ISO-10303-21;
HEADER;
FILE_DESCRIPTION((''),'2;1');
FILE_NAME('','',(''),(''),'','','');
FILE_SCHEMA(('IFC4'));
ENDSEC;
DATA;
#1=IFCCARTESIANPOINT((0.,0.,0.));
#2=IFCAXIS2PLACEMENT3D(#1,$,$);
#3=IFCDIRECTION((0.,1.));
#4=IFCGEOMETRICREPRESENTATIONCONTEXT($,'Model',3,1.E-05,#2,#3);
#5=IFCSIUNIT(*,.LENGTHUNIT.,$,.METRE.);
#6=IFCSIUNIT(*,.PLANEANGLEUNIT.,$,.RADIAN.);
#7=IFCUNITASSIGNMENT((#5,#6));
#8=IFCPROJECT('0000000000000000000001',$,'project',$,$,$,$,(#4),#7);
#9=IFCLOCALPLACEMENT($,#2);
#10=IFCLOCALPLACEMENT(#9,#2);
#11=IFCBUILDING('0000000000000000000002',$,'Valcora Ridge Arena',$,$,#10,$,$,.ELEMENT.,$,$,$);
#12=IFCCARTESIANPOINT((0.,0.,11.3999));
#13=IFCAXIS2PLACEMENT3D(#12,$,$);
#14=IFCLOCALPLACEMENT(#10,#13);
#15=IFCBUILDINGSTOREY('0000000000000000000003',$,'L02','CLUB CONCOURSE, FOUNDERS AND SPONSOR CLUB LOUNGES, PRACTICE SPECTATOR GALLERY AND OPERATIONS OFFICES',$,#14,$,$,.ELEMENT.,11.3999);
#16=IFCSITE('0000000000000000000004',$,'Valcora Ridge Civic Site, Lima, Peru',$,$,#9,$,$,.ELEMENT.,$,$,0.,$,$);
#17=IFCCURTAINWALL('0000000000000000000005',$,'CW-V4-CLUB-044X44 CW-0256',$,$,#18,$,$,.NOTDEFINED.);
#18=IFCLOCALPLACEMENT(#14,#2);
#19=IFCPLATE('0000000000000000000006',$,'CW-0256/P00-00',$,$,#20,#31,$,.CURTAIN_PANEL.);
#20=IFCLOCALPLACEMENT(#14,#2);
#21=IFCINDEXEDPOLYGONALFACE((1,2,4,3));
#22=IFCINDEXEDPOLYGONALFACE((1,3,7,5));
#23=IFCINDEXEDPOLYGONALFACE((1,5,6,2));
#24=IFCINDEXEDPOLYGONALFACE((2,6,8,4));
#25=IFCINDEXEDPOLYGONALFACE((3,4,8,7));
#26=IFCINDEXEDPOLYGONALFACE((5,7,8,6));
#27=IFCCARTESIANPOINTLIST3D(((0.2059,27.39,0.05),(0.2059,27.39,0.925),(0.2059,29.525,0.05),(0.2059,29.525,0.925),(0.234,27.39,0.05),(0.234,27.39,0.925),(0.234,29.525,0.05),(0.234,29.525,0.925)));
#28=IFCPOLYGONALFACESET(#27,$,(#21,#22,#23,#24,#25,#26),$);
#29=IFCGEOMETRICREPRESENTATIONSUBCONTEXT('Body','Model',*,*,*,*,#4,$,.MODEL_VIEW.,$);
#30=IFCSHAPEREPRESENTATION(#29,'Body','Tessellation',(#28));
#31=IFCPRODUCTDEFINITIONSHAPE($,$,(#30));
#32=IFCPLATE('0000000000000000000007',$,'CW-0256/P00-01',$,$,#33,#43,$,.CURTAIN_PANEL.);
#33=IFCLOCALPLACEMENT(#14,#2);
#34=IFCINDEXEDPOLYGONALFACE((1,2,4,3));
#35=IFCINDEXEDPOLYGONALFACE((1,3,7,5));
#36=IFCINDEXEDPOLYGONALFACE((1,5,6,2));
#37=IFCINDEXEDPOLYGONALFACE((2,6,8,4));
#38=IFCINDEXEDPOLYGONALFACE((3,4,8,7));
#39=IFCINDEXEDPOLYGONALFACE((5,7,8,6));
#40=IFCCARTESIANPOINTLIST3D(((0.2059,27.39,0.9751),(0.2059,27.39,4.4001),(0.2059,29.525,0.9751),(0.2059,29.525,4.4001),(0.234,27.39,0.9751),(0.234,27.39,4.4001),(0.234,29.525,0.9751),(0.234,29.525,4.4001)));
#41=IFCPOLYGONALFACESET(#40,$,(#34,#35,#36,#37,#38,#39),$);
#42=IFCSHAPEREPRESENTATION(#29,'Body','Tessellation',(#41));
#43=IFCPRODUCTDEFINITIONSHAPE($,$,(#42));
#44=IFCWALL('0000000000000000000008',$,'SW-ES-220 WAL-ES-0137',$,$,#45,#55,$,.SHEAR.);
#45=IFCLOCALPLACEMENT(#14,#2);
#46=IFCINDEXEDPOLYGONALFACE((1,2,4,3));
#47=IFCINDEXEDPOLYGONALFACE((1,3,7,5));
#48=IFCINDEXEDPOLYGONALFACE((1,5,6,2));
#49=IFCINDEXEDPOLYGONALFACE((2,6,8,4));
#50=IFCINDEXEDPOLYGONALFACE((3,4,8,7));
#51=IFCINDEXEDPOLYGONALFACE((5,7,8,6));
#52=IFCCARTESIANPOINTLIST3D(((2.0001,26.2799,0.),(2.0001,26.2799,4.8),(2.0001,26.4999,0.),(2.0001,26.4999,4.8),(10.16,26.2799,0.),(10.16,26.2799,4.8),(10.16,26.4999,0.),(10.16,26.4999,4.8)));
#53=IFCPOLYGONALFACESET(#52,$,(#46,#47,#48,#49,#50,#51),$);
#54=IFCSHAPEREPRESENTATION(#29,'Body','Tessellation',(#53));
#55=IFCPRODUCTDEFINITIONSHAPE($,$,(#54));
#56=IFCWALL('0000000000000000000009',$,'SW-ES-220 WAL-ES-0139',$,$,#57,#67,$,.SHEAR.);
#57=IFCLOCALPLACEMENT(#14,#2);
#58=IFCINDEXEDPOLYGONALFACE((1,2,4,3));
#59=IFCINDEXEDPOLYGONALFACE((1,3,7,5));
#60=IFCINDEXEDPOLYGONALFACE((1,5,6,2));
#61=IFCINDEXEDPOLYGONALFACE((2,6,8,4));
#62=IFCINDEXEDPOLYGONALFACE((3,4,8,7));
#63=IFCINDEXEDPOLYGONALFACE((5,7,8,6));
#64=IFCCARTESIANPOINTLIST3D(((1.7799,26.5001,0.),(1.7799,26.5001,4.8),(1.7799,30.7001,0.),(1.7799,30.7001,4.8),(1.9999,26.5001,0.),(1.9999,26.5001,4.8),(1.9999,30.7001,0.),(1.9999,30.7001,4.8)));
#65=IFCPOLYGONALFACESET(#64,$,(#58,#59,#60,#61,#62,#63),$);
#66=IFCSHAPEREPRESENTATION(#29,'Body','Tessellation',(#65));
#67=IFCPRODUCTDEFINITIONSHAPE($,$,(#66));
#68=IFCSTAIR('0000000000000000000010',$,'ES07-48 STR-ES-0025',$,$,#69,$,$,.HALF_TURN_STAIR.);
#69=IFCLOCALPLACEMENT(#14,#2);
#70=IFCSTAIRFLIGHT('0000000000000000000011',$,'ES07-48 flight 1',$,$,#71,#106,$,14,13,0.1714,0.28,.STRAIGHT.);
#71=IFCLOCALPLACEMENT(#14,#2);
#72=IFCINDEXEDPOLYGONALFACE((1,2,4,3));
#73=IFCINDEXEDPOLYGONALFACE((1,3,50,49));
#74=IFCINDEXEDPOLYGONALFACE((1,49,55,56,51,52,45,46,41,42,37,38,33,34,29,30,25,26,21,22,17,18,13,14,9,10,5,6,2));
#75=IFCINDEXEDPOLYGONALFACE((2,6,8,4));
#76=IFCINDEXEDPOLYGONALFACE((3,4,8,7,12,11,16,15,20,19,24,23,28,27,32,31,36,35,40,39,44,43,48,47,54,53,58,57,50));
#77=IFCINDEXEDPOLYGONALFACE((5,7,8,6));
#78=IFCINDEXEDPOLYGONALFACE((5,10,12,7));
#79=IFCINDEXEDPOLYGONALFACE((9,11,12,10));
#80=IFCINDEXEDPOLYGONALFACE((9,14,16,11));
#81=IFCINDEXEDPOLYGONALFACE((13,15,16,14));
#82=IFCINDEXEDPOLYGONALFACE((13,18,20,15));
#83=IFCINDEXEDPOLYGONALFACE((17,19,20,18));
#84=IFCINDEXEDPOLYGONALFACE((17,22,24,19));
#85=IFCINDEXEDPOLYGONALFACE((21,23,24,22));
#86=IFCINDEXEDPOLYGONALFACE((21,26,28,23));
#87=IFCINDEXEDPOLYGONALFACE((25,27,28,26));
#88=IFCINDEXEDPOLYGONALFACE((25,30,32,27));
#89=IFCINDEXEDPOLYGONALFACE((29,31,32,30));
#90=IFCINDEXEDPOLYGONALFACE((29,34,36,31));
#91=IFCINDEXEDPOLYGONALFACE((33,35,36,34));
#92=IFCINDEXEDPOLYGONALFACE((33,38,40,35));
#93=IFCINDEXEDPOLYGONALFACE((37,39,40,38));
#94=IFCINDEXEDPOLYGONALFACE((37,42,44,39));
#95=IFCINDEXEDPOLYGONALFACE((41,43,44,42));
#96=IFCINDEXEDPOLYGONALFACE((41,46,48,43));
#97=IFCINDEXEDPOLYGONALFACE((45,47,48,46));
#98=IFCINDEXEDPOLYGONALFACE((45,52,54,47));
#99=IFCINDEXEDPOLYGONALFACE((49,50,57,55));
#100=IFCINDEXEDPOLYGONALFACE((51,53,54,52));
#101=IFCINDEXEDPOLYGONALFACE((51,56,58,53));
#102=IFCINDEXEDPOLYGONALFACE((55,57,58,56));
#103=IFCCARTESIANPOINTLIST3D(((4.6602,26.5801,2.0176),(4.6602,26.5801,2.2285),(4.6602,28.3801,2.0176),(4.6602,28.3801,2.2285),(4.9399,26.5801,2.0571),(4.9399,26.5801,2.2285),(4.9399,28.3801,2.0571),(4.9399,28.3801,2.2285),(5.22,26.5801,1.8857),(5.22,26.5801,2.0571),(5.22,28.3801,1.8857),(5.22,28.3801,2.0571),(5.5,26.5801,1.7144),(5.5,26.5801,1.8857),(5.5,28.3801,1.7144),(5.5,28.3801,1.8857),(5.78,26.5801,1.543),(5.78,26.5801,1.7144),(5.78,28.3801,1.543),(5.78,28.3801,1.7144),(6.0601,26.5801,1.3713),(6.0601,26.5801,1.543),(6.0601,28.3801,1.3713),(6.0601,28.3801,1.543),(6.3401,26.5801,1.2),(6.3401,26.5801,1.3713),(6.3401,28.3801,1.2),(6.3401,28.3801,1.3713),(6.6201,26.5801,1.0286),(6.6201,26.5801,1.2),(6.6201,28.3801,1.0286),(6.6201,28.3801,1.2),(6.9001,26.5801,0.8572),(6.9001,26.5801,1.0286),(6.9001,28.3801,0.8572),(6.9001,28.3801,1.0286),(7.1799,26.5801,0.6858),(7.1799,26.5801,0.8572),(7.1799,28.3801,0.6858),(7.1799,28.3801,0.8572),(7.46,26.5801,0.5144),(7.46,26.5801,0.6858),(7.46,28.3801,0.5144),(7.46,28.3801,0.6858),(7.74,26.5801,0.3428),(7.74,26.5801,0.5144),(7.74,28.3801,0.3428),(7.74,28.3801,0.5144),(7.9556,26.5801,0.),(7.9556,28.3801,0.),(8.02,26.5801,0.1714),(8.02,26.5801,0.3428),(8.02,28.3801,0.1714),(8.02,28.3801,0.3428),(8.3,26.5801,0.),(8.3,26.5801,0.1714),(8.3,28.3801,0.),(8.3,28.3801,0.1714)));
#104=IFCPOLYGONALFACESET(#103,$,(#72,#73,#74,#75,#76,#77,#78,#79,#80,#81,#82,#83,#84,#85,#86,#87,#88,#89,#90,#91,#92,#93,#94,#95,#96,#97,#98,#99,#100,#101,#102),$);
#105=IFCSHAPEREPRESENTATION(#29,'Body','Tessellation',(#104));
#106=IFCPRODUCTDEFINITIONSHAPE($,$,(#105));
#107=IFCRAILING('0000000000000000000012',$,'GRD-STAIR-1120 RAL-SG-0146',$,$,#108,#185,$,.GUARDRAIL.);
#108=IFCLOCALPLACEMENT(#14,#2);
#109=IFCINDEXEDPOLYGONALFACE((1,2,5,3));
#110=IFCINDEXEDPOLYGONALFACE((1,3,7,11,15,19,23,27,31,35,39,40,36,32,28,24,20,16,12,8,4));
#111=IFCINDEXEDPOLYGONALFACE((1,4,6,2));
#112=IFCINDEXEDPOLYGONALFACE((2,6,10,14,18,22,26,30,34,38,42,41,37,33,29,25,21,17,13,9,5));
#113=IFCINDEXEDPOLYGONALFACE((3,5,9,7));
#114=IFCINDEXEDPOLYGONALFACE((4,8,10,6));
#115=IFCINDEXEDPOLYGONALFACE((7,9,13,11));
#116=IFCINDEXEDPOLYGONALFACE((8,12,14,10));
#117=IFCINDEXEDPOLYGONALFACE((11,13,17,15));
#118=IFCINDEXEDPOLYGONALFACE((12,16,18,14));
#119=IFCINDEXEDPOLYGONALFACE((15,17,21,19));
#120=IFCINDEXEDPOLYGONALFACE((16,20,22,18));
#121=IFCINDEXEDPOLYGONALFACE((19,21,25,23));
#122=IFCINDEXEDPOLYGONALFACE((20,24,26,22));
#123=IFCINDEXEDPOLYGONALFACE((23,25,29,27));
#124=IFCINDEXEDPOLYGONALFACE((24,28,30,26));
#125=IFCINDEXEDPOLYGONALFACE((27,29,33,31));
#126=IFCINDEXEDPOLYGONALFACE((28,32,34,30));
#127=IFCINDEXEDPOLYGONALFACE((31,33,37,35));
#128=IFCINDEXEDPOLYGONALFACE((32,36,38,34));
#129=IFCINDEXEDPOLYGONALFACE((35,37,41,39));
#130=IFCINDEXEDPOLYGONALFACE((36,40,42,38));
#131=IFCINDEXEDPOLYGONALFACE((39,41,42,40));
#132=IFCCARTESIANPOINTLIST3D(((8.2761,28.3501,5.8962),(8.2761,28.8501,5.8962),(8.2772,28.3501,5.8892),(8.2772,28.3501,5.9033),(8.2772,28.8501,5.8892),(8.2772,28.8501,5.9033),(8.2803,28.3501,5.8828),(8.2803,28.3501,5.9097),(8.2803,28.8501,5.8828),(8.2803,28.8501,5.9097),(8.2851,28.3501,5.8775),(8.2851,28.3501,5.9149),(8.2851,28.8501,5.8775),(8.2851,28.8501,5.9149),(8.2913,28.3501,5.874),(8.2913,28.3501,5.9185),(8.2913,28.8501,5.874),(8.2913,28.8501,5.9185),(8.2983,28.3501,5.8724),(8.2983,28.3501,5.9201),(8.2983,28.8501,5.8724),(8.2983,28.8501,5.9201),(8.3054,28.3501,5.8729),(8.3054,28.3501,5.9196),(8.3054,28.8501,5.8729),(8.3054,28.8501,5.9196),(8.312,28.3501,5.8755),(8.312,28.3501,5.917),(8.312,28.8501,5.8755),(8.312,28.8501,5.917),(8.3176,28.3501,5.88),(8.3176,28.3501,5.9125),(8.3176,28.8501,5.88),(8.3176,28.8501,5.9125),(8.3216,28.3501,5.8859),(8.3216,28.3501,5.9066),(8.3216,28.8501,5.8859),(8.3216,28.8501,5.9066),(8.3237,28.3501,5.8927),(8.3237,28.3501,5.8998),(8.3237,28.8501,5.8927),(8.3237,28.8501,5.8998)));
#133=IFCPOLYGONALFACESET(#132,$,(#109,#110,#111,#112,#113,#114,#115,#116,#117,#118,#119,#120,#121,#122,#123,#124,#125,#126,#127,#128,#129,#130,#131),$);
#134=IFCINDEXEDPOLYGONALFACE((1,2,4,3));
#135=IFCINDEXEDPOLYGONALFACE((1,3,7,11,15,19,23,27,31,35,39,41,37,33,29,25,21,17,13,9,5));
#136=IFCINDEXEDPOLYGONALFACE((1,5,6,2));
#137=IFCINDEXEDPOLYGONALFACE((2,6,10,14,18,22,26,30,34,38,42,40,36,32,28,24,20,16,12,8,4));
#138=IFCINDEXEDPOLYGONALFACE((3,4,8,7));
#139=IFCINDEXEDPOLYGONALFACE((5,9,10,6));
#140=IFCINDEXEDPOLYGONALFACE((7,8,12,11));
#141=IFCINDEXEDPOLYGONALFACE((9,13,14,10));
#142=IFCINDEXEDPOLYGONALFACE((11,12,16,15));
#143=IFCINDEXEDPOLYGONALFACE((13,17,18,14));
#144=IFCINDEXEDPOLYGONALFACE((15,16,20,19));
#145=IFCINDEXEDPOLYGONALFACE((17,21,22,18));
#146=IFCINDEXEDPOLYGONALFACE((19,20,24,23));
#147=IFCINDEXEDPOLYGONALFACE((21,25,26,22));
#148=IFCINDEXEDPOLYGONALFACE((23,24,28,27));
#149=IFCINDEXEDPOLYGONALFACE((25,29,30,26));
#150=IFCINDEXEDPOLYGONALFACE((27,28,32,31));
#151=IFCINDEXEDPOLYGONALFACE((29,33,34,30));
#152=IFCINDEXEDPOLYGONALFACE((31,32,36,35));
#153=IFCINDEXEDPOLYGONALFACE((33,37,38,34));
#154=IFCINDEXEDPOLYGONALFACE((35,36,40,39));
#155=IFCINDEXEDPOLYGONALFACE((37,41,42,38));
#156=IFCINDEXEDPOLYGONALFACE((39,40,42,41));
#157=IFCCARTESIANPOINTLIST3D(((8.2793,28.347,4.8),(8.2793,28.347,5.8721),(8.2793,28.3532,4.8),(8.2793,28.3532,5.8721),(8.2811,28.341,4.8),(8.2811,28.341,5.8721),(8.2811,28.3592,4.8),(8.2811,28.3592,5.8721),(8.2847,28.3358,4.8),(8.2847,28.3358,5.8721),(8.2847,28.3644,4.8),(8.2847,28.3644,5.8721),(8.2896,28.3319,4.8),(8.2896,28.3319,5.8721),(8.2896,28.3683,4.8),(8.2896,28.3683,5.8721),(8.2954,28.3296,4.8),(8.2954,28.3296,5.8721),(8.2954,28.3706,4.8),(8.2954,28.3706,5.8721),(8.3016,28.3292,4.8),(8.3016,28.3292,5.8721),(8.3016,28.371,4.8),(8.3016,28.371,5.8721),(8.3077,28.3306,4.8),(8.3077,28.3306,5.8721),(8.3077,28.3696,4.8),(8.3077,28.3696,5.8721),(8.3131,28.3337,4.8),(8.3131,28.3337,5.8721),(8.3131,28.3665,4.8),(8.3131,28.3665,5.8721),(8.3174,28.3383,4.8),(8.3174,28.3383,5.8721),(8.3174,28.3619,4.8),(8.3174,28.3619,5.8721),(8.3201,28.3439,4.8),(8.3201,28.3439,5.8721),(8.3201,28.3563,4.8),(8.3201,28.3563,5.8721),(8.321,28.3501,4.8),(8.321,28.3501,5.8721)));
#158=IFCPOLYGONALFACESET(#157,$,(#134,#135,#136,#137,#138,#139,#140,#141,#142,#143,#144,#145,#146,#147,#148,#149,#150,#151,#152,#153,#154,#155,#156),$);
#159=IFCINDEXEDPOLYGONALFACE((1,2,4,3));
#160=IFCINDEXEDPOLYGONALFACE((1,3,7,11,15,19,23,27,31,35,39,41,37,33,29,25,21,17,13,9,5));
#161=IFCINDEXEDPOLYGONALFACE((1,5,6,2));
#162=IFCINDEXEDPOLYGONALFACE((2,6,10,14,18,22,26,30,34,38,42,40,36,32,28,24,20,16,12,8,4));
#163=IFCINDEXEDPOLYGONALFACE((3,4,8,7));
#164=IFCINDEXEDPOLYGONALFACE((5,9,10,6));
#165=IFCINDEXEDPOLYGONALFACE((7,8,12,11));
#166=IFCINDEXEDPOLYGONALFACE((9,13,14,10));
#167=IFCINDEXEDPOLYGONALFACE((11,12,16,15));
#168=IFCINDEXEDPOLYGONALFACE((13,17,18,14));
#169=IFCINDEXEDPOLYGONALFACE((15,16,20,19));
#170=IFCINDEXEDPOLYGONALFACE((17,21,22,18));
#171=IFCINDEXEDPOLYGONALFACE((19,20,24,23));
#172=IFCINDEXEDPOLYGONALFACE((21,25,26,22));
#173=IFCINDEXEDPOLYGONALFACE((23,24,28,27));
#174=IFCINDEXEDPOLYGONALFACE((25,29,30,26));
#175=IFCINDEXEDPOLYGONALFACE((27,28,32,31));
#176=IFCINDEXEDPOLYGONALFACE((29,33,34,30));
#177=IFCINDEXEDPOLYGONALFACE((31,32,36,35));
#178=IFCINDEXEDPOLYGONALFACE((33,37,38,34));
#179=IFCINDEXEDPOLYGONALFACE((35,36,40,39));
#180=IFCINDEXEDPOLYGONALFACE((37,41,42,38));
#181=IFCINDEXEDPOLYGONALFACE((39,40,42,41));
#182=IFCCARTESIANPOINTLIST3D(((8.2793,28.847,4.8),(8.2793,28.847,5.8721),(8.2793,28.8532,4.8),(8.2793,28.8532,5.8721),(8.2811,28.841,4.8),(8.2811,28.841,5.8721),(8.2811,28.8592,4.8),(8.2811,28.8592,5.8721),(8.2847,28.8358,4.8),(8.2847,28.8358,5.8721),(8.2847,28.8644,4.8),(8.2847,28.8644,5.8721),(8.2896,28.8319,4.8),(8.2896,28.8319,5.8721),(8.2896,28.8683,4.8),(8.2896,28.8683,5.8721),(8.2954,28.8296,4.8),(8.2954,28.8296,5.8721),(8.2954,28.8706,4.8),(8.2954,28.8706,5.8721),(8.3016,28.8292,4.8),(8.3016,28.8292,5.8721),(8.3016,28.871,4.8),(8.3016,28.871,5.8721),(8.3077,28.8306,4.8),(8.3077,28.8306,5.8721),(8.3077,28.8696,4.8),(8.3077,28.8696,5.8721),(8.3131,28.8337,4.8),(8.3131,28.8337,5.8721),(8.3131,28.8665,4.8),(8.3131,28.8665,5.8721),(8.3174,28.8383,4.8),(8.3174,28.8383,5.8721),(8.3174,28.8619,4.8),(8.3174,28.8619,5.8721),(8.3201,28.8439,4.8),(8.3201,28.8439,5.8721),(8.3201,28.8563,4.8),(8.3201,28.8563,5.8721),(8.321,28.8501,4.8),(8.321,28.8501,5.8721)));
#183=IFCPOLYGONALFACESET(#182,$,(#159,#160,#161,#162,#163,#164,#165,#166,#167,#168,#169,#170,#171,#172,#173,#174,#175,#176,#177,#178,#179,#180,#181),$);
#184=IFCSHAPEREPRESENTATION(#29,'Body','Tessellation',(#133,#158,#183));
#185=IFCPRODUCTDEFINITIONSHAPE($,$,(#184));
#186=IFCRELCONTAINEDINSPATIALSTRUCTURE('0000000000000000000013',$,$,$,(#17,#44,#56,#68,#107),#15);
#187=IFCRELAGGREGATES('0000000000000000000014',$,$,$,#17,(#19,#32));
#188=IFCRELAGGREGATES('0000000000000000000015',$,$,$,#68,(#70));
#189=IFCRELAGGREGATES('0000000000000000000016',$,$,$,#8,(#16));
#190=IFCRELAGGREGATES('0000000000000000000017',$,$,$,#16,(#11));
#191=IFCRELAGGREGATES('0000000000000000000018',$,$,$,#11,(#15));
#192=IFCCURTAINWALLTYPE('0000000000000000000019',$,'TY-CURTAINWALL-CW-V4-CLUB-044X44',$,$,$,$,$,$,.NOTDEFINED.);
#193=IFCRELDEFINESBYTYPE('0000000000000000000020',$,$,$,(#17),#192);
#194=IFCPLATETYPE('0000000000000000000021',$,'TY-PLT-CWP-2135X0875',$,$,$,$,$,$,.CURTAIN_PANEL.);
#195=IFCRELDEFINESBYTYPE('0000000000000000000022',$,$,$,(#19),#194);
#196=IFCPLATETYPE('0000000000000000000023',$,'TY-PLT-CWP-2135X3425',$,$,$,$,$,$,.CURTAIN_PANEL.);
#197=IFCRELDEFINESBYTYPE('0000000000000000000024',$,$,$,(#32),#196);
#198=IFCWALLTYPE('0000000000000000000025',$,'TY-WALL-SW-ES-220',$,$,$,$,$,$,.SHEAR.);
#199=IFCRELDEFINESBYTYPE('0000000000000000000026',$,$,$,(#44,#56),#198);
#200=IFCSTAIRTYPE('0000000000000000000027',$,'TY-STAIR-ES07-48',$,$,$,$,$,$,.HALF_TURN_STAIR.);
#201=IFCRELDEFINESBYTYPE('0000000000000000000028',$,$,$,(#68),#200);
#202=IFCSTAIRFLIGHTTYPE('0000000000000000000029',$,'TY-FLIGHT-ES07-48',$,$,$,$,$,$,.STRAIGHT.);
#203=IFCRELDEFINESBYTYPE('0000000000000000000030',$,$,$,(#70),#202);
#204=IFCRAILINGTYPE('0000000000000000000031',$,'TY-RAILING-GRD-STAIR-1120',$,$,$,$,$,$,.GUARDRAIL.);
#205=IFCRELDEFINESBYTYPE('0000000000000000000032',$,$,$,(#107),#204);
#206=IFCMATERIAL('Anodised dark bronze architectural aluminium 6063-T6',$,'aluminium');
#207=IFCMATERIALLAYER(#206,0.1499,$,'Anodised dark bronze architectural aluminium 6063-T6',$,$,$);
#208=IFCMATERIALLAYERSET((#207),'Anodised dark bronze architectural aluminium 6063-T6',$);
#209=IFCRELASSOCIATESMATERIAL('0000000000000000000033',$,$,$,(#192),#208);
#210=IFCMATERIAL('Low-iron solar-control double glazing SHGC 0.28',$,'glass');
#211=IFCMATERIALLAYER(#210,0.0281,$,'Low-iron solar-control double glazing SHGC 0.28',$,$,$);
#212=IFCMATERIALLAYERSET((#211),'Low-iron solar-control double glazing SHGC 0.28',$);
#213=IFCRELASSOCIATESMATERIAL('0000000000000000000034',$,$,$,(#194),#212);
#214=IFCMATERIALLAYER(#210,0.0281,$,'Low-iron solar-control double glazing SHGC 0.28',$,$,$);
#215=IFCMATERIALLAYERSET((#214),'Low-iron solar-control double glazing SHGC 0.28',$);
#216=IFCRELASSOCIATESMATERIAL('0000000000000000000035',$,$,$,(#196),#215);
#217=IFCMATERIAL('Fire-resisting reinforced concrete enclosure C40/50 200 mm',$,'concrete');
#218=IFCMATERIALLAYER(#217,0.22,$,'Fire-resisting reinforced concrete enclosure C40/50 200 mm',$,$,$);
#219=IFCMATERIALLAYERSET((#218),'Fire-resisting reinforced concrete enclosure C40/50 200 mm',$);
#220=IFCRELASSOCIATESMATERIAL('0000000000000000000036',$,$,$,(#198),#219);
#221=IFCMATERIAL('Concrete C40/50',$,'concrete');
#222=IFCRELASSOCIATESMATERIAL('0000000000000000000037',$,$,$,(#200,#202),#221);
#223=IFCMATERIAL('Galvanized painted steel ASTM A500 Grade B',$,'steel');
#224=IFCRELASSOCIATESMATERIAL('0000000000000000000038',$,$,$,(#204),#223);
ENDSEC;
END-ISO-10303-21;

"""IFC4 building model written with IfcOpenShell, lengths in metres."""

from ifc_helpers import new_model, si_unit, direction, frame, frame_2d, origin, origin_2d, place, context, subcontext, project, spatial, polyline, rectangle, circle, outline, extrude, material, layer, layer_set, type_object, element, aggregate, save


model = new_model("IFC4")

# Units and contexts
model_context = context("Model", 3, precision=1e-05, world=origin(), true_north=direction((0.0, 1.0)))
body_context = subcontext(model_context, "Body", "Model", "MODEL_VIEW")
ifc_project = project(units=[si_unit("LENGTHUNIT", "METRE"), si_unit("PLANEANGLEUNIT", "RADIAN")], contexts=[model_context])

# Site, building, storey
site_placement = place(None, origin())
site = spatial("IfcSite", under=ifc_project, at=site_placement, Name="Valcora Ridge Civic Site, Lima, Peru", CompositionType="ELEMENT", RefElevation=0.0)
building_placement = place(site_placement, origin())
building = spatial("IfcBuilding", under=site, at=building_placement, Name="Valcora Ridge Arena", CompositionType="ELEMENT")
storey_placement = place(building_placement, frame((0.0, 0.0, 11.3999)))
storey = spatial("IfcBuildingStorey", under=building, at=storey_placement, Name="L02", Description="CLUB CONCOURSE, FOUNDERS AND SPONSOR CLUB LOUNGES, PRACTICE SPECTATOR GALLERY AND OPERATIONS OFFICES", CompositionType="ELEMENT", Elevation=11.3999)

# Shared definitions
ifc_material_1 = material(Name="Concrete C40/50", Category="concrete")

# Curtain wall
ifc_material_2 = material(Name="Anodised dark bronze architectural aluminium 6063-T6", Category="aluminium")
ifc_layer_1 = layer(ifc_material_2, 0.1499, Name="Anodised dark bronze architectural aluminium 6063-T6")
ifc_layer_set_1 = layer_set([ifc_layer_1], Name="Anodised dark bronze architectural aluminium 6063-T6")
curtain_wall_type_1 = type_object("IfcCurtainWallType", Name="TY-CURTAINWALL-CW-V4-CLUB-044X44", PredefinedType="NOTDEFINED", material=ifc_layer_set_1)
curtain_wall_1_placement = place(storey_placement, origin())
curtain_wall_1 = element("IfcCurtainWall", 1, at=curtain_wall_1_placement, inside=storey, type_object=curtain_wall_type_1, Name="CW-V4-CLUB-044X44 CW-0256", PredefinedType="NOTDEFINED")

# Plates
ifc_material_3 = material(Name="Low-iron solar-control double glazing SHGC 0.28", Category="glass")
ifc_layer_2 = layer(ifc_material_3, 0.0281, Name="Low-iron solar-control double glazing SHGC 0.28")
ifc_layer_set_2 = layer_set([ifc_layer_2], Name="Low-iron solar-control double glazing SHGC 0.28")
plate_type_1 = type_object("IfcPlateType", Name="TY-PLT-CWP-2135X0875", PredefinedType="CURTAIN_PANEL", material=ifc_layer_set_2)
plate_1_placement = place(storey_placement, frame((0.22, 28.4575, 0.05), z_axis=(0.0, 0.0, 1.0), x_axis=(0.0, 1.0, 0.0)))
plate_1 = element("IfcPlate", 2, at=plate_1_placement, type_object=plate_type_1, Name="CW-0256/P00-00", PredefinedType="CURTAIN_PANEL", context=body_context, shape_type="SweptSolid", body=[
    extrude(rectangle(XDim=2.135, YDim=0.0281, at=origin_2d()), origin(), (0.0, 0.0, 1.0), 0.875),
])
ifc_layer_3 = layer(ifc_material_3, 0.0281, Name="Low-iron solar-control double glazing SHGC 0.28")
ifc_layer_set_3 = layer_set([ifc_layer_3], Name="Low-iron solar-control double glazing SHGC 0.28")
plate_type_2 = type_object("IfcPlateType", Name="TY-PLT-CWP-2135X3425", PredefinedType="CURTAIN_PANEL", material=ifc_layer_set_3)
plate_2_placement = place(storey_placement, frame((0.22, 28.4575, 0.9751), z_axis=(0.0, 0.0, 1.0), x_axis=(0.0, 1.0, 0.0)))
plate_2 = element("IfcPlate", 3, at=plate_2_placement, type_object=plate_type_2, Name="CW-0256/P00-01", PredefinedType="CURTAIN_PANEL", context=body_context, shape_type="SweptSolid", body=[
    extrude(rectangle(XDim=2.135, YDim=0.0281, at=origin_2d()), origin(), (0.0, 0.0, 1.0), 3.425),
])
aggregate(curtain_wall_1, [plate_1, plate_2])

# Walls
ifc_material_4 = material(Name="Fire-resisting reinforced concrete enclosure C40/50 200 mm", Category="concrete")
ifc_layer_4 = layer(ifc_material_4, 0.22, Name="Fire-resisting reinforced concrete enclosure C40/50 200 mm")
ifc_layer_set_4 = layer_set([ifc_layer_4], Name="Fire-resisting reinforced concrete enclosure C40/50 200 mm")
wall_type = type_object("IfcWallType", Name="TY-WALL-SW-ES-220", PredefinedType="SHEAR", material=ifc_layer_set_4)
wall_1_placement = place(storey_placement, frame((2.0, 26.3899, 0.0), z_axis=(0.0, 0.0, 1.0), x_axis=(1.0, 0.0, 0.0)))
element("IfcWall", 4, at=wall_1_placement, inside=storey, type_object=wall_type, Name="SW-ES-220 WAL-ES-0137", PredefinedType="SHEAR", context=body_context, shape_type="SweptSolid", body=[
    extrude(rectangle(XDim=8.1599, YDim=0.22, at=frame_2d((4.0801, 0.0))), origin(), (0.0, 0.0, 1.0), 4.8),
])
wall_2_placement = place(storey_placement, frame((1.8899, 26.5, 0.0), z_axis=(0.0, 0.0, 1.0), x_axis=(0.0, 1.0, 0.0)))
element("IfcWall", 5, at=wall_2_placement, inside=storey, type_object=wall_type, Name="SW-ES-220 WAL-ES-0139", PredefinedType="SHEAR", context=body_context, shape_type="SweptSolid", body=[
    extrude(rectangle(XDim=4.2, YDim=0.22, at=frame_2d((2.1001, 0.0))), origin(), (0.0, 0.0, 1.0), 4.8),
])

# Stair, stair flight
stair_type = type_object("IfcStairType", Name="TY-STAIR-ES07-48", PredefinedType="HALF_TURN_STAIR", material=ifc_material_1)
stair_placement = place(storey_placement, origin())
stair = element("IfcStair", 6, at=stair_placement, inside=storey, type_object=stair_type, Name="ES07-48 STR-ES-0025", PredefinedType="HALF_TURN_STAIR")
stair_flight_type = type_object("IfcStairFlightType", Name="TY-FLIGHT-ES07-48", PredefinedType="STRAIGHT", material=ifc_material_1)
stair_flight_placement = place(storey_placement, frame((8.3, 27.48, 0.0), z_axis=(0.0, 0.0, 1.0), x_axis=(-1.0, 0.0, 0.0)))
stair_flight = element("IfcStairFlight", 7, at=stair_flight_placement, type_object=stair_flight_type, Name="ES07-48 flight 1", NumberOfRisers=14, NumberOfTreads=13, PredefinedType="STRAIGHT", RiserHeight=0.1714, TreadLength=0.28, context=body_context, shape_type="SweptSolid", body=[
    extrude(outline(polyline([(0.0, 0.0), (0.0, 0.1714), (0.28, 0.1714), (0.28, 0.3428), (0.5601, 0.3428), (0.5601, 0.5144), (0.8401, 0.5144), (0.8401, 0.6858), (1.1201, 0.6858), (1.1201, 0.8572), (1.3999, 0.8572), (1.3999, 1.0286), (1.6799, 1.0286), (1.6799, 1.2), (1.96, 1.2), (1.96, 1.3713), (2.24, 1.3713), (2.24, 1.543), (2.52, 1.543), (2.52, 1.7144), (2.8, 1.7144), (2.8, 1.8857), (3.0801, 1.8857), (3.0801, 2.0571), (3.3601, 2.0571), (3.3601, 2.2285), (3.6399, 2.2285), (3.6399, 2.3999), (3.6399, 2.0176), (0.3445, 0.0), (0.0, 0.0)])), frame((0.0, 0.8999, 0.0), z_axis=(0.0, -1.0, 0.0), x_axis=(1.0, 0.0, 0.0)), (0.0, 0.0, 1.0), 1.8),
])
aggregate(stair, [stair_flight])

# Railing
ifc_material_5 = material(Name="Galvanized painted steel ASTM A500 Grade B", Category="steel")
railing_type_1 = type_object("IfcRailingType", Name="TY-RAILING-GRD-STAIR-1120", PredefinedType="GUARDRAIL", material=ifc_material_5)
railing_1_placement = place(storey_placement, frame((8.3, 28.3501, 4.8)))
element("IfcRailing", 8, at=railing_1_placement, inside=storey, type_object=railing_type_1, Name="GRD-STAIR-1120 RAL-SG-0146", PredefinedType="GUARDRAIL", context=body_context, shape_type="SweptSolid", body=[
    extrude(circle(Radius=0.0239, at=origin_2d()), frame((0.0, 0.0, 1.0962), z_axis=(0.0, 1.0, 0.0), x_axis=(-1.0, 0.0, 0.0)), (0.0, 0.0, 1.0), 0.5),
    extrude(circle(Radius=0.021, at=origin_2d()), origin(), (0.0, 0.0, 1.0), 1.072),
    extrude(circle(Radius=0.021, at=origin_2d()), frame((0.0, 0.5, 0.0)), (0.0, 0.0, 1.0), 1.072),
])

save(model, "model.ifc")
